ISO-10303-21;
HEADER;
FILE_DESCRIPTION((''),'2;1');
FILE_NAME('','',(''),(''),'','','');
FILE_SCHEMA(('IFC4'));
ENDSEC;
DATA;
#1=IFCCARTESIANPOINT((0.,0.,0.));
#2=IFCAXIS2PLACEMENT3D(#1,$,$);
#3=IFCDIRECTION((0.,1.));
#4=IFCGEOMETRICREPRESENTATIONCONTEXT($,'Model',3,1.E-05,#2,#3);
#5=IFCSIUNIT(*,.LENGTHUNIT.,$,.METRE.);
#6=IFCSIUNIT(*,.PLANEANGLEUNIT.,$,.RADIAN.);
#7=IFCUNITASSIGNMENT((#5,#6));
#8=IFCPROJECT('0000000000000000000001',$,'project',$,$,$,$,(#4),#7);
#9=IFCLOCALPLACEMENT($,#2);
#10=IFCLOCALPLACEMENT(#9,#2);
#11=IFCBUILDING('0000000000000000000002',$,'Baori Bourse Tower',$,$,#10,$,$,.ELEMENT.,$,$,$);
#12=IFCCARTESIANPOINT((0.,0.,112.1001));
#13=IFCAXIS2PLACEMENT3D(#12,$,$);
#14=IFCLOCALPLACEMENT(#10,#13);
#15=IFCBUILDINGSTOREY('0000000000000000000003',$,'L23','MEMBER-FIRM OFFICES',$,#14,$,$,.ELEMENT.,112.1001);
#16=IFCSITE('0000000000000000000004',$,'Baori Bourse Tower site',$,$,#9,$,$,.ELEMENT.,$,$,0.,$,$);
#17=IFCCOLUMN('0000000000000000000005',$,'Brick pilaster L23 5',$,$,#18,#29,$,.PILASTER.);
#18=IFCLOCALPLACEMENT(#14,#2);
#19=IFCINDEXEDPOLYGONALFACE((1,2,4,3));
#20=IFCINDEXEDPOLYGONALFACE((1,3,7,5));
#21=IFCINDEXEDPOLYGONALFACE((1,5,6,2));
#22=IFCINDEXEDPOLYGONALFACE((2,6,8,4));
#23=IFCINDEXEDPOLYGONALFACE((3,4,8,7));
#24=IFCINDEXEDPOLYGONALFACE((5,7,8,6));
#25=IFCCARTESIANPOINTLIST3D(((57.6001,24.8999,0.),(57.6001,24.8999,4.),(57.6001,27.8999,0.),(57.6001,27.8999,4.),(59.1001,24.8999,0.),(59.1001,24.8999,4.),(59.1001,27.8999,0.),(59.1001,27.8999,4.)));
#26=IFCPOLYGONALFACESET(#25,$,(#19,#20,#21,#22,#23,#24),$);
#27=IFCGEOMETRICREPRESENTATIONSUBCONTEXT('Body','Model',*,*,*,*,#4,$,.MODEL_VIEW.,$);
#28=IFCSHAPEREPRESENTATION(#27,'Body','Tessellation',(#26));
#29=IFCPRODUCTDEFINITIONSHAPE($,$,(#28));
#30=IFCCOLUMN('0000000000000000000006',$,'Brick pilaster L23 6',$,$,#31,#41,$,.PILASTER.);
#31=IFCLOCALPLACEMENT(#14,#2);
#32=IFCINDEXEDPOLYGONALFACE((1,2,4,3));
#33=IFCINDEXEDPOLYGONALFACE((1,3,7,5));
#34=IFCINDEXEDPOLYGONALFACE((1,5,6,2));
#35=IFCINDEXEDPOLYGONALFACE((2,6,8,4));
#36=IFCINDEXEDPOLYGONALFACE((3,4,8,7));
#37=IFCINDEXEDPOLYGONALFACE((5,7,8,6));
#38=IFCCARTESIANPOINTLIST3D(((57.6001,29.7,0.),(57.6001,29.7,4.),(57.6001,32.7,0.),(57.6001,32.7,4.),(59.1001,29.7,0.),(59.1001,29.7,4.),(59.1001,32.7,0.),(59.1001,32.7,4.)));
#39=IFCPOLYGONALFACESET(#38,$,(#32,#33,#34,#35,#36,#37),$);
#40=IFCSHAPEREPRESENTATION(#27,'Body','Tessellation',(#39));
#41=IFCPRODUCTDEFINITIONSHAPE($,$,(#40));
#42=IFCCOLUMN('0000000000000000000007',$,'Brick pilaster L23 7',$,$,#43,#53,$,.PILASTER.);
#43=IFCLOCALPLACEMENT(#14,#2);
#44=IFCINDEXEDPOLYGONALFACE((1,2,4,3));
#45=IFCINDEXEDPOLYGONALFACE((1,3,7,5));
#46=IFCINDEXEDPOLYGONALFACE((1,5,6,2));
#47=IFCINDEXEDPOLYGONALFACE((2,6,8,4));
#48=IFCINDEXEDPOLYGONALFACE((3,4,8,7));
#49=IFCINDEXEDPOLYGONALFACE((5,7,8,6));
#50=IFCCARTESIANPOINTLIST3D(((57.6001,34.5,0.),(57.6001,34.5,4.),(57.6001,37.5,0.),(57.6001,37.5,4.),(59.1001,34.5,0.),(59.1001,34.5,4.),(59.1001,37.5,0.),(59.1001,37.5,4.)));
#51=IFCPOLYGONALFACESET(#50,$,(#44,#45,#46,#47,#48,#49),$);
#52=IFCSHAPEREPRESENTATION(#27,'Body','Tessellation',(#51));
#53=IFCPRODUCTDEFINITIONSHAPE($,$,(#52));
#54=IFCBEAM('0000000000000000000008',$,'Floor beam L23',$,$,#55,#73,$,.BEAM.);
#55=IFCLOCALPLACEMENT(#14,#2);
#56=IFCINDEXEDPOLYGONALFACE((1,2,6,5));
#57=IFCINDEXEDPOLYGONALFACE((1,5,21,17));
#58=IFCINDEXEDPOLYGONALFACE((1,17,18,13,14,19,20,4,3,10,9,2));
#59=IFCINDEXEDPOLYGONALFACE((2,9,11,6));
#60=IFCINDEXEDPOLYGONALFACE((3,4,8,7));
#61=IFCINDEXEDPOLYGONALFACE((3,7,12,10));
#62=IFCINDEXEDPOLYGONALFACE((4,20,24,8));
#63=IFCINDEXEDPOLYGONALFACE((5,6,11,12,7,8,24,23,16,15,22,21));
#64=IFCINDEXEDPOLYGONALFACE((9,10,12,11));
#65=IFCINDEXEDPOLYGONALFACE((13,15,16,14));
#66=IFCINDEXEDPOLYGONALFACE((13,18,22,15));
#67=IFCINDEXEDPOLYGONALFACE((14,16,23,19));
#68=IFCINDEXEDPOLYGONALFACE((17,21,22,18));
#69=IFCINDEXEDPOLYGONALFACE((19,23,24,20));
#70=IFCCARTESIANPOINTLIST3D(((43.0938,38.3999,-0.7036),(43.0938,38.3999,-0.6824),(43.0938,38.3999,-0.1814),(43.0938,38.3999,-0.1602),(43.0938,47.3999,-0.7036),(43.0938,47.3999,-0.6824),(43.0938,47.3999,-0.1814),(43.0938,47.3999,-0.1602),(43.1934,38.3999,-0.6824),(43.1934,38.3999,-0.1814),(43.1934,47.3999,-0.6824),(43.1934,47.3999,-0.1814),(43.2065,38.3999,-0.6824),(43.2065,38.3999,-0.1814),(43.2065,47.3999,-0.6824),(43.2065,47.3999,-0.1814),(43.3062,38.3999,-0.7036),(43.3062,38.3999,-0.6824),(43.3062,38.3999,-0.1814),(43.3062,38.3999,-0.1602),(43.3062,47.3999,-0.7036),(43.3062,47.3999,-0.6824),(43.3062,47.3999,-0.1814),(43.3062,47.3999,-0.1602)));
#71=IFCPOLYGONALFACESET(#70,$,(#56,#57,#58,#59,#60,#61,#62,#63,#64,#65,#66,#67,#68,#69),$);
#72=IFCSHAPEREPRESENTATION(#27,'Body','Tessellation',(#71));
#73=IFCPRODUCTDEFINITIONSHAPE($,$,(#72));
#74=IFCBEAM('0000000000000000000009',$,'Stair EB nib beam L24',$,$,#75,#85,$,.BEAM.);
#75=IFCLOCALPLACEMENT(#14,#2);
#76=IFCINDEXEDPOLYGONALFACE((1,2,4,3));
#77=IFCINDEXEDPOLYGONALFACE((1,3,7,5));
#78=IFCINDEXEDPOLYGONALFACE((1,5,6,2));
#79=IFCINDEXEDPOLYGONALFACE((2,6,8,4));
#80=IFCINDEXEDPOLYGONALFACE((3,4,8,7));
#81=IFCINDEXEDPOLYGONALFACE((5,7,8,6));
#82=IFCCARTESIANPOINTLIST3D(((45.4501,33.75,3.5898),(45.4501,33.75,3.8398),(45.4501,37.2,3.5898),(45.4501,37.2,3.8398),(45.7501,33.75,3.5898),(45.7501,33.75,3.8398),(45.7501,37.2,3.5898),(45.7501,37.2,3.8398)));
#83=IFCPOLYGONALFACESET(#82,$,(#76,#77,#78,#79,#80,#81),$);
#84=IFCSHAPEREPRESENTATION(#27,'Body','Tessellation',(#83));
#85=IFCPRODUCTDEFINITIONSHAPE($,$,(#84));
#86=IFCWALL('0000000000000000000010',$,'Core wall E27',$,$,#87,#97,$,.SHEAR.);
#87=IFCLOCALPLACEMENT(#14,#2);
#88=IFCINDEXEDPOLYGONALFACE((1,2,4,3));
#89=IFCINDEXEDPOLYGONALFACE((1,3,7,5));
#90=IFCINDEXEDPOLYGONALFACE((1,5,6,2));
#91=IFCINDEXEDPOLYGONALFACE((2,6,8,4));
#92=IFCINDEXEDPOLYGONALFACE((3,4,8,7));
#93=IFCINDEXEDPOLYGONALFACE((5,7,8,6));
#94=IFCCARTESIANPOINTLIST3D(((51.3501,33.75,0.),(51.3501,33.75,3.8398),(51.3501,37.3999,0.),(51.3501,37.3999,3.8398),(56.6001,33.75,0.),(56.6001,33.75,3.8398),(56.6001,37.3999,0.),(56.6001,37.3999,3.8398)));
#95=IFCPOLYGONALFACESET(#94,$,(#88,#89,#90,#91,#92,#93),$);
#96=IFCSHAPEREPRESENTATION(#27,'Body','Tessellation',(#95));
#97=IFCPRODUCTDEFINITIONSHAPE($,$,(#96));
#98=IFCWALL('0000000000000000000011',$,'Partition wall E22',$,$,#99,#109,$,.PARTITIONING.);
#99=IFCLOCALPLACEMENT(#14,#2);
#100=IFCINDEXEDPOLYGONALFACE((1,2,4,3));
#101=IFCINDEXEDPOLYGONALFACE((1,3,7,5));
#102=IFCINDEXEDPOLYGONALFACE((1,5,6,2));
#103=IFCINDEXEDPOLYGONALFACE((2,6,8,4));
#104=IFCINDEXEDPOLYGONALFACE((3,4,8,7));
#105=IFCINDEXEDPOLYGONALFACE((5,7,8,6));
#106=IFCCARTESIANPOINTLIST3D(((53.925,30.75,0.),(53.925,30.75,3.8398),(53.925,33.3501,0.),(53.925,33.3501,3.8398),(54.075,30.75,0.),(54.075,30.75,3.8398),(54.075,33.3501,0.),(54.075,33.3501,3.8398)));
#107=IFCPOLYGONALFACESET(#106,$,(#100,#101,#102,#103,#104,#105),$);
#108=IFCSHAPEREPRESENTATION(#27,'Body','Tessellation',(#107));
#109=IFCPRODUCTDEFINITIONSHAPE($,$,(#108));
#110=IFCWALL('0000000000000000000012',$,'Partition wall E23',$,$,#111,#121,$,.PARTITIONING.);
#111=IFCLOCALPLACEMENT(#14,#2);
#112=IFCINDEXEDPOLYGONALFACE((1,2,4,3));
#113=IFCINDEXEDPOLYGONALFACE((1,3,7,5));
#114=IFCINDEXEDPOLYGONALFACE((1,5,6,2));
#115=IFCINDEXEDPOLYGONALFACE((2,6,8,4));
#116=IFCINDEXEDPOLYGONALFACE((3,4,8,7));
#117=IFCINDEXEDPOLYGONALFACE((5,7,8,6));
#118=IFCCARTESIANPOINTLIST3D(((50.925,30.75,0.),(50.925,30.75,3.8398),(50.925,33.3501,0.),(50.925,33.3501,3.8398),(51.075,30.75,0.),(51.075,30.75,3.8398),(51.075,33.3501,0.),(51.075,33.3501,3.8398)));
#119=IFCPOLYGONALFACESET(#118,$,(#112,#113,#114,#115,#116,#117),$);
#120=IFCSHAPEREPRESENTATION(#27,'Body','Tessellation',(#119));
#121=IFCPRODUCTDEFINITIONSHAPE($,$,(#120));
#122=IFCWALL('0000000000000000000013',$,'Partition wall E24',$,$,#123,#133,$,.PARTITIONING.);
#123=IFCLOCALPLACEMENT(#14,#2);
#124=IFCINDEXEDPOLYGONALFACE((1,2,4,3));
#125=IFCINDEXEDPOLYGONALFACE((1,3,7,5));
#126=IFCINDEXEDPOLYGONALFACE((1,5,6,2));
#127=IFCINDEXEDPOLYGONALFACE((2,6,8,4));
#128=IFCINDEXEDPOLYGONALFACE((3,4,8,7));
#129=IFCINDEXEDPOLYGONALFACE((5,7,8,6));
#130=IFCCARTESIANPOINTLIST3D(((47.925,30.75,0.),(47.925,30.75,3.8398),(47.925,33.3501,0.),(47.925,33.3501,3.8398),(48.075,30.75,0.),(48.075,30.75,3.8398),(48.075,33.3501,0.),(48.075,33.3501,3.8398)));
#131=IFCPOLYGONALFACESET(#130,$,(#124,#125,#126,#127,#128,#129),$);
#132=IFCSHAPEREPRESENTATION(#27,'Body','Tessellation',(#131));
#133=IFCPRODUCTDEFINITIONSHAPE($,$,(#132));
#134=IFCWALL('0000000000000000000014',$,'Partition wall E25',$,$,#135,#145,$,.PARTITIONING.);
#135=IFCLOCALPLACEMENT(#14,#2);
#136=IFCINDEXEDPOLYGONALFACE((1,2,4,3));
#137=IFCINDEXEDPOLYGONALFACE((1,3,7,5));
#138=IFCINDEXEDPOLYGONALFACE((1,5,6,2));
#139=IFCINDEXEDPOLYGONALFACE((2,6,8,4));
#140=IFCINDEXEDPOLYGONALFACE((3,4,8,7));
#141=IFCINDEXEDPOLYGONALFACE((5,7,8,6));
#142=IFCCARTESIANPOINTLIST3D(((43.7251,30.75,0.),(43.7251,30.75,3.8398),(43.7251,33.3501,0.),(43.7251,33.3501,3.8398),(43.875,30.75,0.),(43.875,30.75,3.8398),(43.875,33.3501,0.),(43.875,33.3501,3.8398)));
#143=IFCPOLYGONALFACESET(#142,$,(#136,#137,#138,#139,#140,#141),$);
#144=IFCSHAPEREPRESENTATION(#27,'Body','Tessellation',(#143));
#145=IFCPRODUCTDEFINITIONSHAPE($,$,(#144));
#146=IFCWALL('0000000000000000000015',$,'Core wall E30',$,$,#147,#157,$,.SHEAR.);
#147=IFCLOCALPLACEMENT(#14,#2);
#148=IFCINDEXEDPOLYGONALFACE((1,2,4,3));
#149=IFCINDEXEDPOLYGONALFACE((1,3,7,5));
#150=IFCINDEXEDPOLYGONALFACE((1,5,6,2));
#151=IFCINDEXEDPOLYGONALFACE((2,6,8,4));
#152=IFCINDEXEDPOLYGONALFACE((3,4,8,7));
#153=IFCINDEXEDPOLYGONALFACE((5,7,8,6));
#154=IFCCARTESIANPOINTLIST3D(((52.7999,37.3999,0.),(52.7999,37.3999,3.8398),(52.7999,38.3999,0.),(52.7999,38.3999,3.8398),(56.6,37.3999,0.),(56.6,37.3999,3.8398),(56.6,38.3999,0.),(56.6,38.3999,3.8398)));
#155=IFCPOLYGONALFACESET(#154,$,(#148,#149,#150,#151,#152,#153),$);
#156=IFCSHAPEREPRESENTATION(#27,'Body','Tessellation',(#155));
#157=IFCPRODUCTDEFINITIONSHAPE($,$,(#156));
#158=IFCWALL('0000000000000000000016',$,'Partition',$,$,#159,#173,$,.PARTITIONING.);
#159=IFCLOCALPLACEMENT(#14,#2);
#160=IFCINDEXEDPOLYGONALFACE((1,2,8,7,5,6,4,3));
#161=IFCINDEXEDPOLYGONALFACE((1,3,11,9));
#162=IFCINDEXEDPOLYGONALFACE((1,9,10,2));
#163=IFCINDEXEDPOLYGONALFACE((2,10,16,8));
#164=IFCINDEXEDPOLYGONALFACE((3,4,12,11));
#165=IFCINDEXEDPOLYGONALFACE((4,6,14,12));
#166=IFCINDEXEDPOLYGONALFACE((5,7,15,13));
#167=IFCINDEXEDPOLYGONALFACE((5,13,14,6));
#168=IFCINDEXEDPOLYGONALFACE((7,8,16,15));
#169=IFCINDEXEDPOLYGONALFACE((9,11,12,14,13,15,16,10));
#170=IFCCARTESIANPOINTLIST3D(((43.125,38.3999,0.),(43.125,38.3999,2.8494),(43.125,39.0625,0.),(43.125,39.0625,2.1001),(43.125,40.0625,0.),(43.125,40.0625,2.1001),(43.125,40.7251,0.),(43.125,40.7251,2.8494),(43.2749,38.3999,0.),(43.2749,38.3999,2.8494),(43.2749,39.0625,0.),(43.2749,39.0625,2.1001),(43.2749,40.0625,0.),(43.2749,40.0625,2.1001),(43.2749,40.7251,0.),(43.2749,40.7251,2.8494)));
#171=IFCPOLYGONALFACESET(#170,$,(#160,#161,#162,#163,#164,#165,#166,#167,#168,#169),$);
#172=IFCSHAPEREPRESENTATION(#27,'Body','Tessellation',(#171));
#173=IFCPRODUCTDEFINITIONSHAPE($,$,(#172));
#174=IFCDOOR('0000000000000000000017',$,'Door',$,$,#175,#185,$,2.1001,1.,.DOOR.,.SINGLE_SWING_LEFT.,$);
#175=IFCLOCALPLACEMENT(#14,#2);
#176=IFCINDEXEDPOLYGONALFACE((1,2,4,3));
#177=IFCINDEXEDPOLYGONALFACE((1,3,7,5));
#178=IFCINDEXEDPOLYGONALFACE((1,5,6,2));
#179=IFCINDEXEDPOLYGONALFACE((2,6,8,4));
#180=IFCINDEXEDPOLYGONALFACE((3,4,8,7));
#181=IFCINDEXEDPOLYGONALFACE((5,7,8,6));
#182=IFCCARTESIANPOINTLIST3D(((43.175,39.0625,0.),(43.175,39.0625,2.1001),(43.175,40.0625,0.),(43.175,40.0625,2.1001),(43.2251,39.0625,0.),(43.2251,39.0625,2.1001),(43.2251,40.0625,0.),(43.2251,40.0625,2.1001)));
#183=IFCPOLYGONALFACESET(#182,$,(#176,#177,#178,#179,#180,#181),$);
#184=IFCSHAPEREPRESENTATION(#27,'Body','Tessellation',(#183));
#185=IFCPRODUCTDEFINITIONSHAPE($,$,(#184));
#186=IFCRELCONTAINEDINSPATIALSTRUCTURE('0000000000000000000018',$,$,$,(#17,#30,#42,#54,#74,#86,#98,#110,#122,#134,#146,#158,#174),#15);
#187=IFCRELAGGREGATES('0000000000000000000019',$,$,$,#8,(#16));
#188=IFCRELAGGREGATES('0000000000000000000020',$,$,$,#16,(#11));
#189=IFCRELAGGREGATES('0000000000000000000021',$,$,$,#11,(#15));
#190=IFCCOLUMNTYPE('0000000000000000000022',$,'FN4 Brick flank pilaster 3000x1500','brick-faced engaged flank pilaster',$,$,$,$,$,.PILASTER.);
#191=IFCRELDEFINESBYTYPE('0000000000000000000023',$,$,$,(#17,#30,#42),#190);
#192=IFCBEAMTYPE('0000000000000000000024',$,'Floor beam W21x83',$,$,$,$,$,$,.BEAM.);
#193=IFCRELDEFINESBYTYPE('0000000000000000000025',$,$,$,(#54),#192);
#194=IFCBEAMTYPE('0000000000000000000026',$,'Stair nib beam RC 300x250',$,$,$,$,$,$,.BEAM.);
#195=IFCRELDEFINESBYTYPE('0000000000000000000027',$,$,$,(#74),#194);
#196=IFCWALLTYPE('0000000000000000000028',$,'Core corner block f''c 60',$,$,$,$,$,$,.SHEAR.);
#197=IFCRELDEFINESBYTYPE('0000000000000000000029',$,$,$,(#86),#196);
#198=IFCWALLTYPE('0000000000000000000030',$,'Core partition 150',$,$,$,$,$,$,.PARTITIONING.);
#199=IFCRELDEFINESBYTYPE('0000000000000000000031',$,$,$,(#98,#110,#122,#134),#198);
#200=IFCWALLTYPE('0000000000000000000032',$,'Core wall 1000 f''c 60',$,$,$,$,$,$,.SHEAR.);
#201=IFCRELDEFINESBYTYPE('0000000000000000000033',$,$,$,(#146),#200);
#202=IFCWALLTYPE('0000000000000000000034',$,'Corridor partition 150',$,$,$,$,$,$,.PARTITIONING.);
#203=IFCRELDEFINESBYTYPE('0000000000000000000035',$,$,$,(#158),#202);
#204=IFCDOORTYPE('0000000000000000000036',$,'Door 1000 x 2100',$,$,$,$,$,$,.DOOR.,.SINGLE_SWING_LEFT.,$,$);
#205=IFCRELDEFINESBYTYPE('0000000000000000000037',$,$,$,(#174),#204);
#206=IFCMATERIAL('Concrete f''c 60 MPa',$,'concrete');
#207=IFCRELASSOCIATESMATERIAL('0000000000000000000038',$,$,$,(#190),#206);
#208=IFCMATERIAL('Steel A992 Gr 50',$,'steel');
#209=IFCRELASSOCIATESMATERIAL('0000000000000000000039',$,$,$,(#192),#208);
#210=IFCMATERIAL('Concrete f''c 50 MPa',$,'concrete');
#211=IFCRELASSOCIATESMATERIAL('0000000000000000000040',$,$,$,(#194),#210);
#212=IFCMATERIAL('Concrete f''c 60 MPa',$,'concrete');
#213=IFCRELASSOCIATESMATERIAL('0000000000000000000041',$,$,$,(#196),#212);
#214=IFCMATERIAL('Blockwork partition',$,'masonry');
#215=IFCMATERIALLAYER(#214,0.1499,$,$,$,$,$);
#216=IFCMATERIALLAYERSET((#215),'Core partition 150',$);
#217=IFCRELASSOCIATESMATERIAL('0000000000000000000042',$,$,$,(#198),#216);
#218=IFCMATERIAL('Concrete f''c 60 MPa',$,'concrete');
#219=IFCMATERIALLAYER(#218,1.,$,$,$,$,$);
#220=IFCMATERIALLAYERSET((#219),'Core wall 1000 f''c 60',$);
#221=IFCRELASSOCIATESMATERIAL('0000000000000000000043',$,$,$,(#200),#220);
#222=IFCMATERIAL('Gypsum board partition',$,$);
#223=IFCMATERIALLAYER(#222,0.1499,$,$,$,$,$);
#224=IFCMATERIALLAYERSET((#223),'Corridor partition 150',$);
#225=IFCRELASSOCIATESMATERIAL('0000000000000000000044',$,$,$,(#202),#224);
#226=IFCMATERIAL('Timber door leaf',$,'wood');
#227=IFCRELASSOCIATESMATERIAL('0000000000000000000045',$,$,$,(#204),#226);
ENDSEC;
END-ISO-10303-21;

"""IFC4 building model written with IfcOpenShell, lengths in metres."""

from ifc_helpers import new_model, si_unit, direction, frame, frame_2d, origin, origin_2d, place, context, subcontext, project, spatial, rectangle, i_section, extrude, material, layer, layer_set, material_profile, profile_set, type_object, element, fill, save


model = new_model("IFC4")

# Units and contexts
model_context = context("Model", 3, precision=1e-05, world=origin(), true_north=direction((0.0, 1.0)))
body_context = subcontext(model_context, "Body", "Model", "MODEL_VIEW")
ifc_project = project(units=[si_unit("LENGTHUNIT", "METRE"), si_unit("PLANEANGLEUNIT", "RADIAN")], contexts=[model_context])

# Site, building, storey
site_placement = place(None, origin())
site = spatial("IfcSite", under=ifc_project, at=site_placement, Name="Baori Bourse Tower site", CompositionType="ELEMENT", RefElevation=0.0)
building_placement = place(site_placement, origin())
building = spatial("IfcBuilding", under=site, at=building_placement, Name="Baori Bourse Tower", CompositionType="ELEMENT")
storey_placement = place(building_placement, frame((0.0, 0.0, 112.1001)))
storey = spatial("IfcBuildingStorey", under=building, at=storey_placement, Name="L23", Description="MEMBER-FIRM OFFICES", CompositionType="ELEMENT", Elevation=112.1001)

# Columns
ifc_material_1 = material(Name="Concrete f'c 60 MPa", Category="concrete")
ifc_material_profile_1 = material_profile(ifc_material_1, rectangle(XDim=3.0, YDim=1.5, at=origin_2d()), Name="RC 3000x1500")
ifc_profile_set_1 = profile_set([ifc_material_profile_1], Name="Concrete f'c 60 MPa")
column_type = type_object("IfcColumnType", Name="FN4 Brick flank pilaster 3000x1500", Description="brick-faced engaged flank pilaster", PredefinedType="PILASTER", material=ifc_profile_set_1)
for number, where, z_axis, x_axis, name in (
    (1, (58.3501, 26.3999, 0.0), (0.0, 0.0, 1.0), (0.0, 1.0, 0.0), "Brick pilaster L23 5"),
    (2, (58.3501, 31.2, 0.0), (0.0, 0.0, 1.0), (0.0, 1.0, 0.0), "Brick pilaster L23 6"),
    (3, (58.3501, 36.0, 0.0), (0.0, 0.0, 1.0), (0.0, 1.0, 0.0), "Brick pilaster L23 7"),
):
    element("IfcColumn", number, at=place(storey_placement, frame(where, z_axis=z_axis, x_axis=x_axis)), inside=storey, type_object=column_type, Name=name, PredefinedType="PILASTER", context=body_context, shape_type="SweptSolid", body=[
        extrude(rectangle(XDim=3.0, YDim=1.5, at=origin_2d()), origin(), (0.0, 0.0, 1.0), 4.0),
    ])

# Beams
ifc_material_2 = material(Name="Steel A992 Gr 50", Category="steel")
ifc_material_profile_2 = material_profile(ifc_material_2, i_section(OverallWidth=0.2124, OverallDepth=0.5435, WebThickness=0.0132, FlangeThickness=0.0212, at=origin_2d()), Name="W21x83")
ifc_profile_set_2 = profile_set([ifc_material_profile_2], Name="Steel A992 Gr 50")
beam_type_1 = type_object("IfcBeamType", Name="Floor beam W21x83", PredefinedType="BEAM", material=ifc_profile_set_2)
beam_1_placement = place(storey_placement, frame((43.2, 38.3999, -0.4319), z_axis=(0.0, 1.0, 0.0), x_axis=(-1.0, 0.0, 0.0)))
element("IfcBeam", 4, at=beam_1_placement, inside=storey, type_object=beam_type_1, Name="Floor beam L23", PredefinedType="BEAM", context=body_context, shape_type="SweptSolid", body=[
    extrude(i_section(OverallWidth=0.2124, OverallDepth=0.5435, WebThickness=0.0132, FlangeThickness=0.0212, at=origin_2d()), origin(), (0.0, 0.0, 1.0), 9.0),
])
ifc_material_3 = material(Name="Concrete f'c 50 MPa", Category="concrete")
ifc_material_profile_3 = material_profile(ifc_material_3, rectangle(XDim=0.3, YDim=0.25, at=origin_2d()), Name="RC 300x250")
ifc_profile_set_3 = profile_set([ifc_material_profile_3], Name="Concrete f'c 50 MPa")
beam_type_2 = type_object("IfcBeamType", Name="Stair nib beam RC 300x250", PredefinedType="BEAM", material=ifc_profile_set_3)
beam_2_placement = place(storey_placement, frame((45.6001, 33.75, 3.7148), z_axis=(0.0, 1.0, 0.0), x_axis=(-1.0, 0.0, 0.0)))
element("IfcBeam", 5, at=beam_2_placement, inside=storey, type_object=beam_type_2, Name="Stair EB nib beam L24", PredefinedType="BEAM", context=body_context, shape_type="SweptSolid", body=[
    extrude(rectangle(XDim=0.3, YDim=0.25, at=origin_2d()), origin(), (0.0, 0.0, 1.0), 3.45),
])

# Walls
ifc_material_4 = material(Name="Concrete f'c 60 MPa", Category="concrete")
wall_type_1 = type_object("IfcWallType", Name="Core corner block f'c 60", PredefinedType="SHEAR", material=ifc_material_4)
wall_1_placement = place(storey_placement, frame((51.3501, 35.575, 0.0), z_axis=(0.0, 0.0, 1.0), x_axis=(1.0, 0.0, 0.0)))
element("IfcWall", 6, at=wall_1_placement, inside=storey, type_object=wall_type_1, Name="Core wall E27", PredefinedType="SHEAR", context=body_context, shape_type="SweptSolid", body=[
    extrude(rectangle(XDim=5.25, YDim=3.6499, at=frame_2d((2.625, 0.0))), origin(), (0.0, 0.0, 1.0), 3.8398),
])
ifc_material_5 = material(Name="Blockwork partition", Category="masonry")
ifc_layer_1 = layer(ifc_material_5, 0.1499)
ifc_layer_set_1 = layer_set([ifc_layer_1], Name="Core partition 150")
wall_type_2 = type_object("IfcWallType", Name="Core partition 150", PredefinedType="PARTITIONING", material=ifc_layer_set_1)
for number, where, z_axis, x_axis, name in (
    (7, (54.0, 30.75, 0.0), (0.0, 0.0, 1.0), (0.0, 1.0, 0.0), "Partition wall E22"),
    (8, (51.0, 30.75, 0.0), (0.0, 0.0, 1.0), (0.0, 1.0, 0.0), "Partition wall E23"),
    (9, (48.0, 30.75, 0.0), (0.0, 0.0, 1.0), (0.0, 1.0, 0.0), "Partition wall E24"),
    (10, (43.8, 30.75, 0.0), (0.0, 0.0, 1.0), (0.0, 1.0, 0.0), "Partition wall E25"),
):
    element("IfcWall", number, at=place(storey_placement, frame(where, z_axis=z_axis, x_axis=x_axis)), inside=storey, type_object=wall_type_2, Name=name, PredefinedType="PARTITIONING", context=body_context, shape_type="SweptSolid", body=[
        extrude(rectangle(XDim=2.6001, YDim=0.1499, at=frame_2d((1.3, 0.0))), origin(), (0.0, 0.0, 1.0), 3.8398),
    ])
ifc_material_6 = material(Name="Concrete f'c 60 MPa", Category="concrete")
ifc_layer_2 = layer(ifc_material_6, 1.0)
ifc_layer_set_2 = layer_set([ifc_layer_2], Name="Core wall 1000 f'c 60")
wall_type_3 = type_object("IfcWallType", Name="Core wall 1000 f'c 60", PredefinedType="SHEAR", material=ifc_layer_set_2)
wall_2_placement = place(storey_placement, frame((52.8, 37.8999, 0.0), z_axis=(0.0, 0.0, 1.0), x_axis=(1.0, 0.0, 0.0)))
element("IfcWall", 11, at=wall_2_placement, inside=storey, type_object=wall_type_3, Name="Core wall E30", PredefinedType="SHEAR", context=body_context, shape_type="SweptSolid", body=[
    extrude(rectangle(XDim=3.8, YDim=1.0, at=frame_2d((1.8999, 0.0))), origin(), (0.0, 0.0, 1.0), 3.8398),
])

# Wall, opening, door
ifc_material_7 = material(Name="Gypsum board partition")
ifc_layer_3 = layer(ifc_material_7, 0.1499)
ifc_layer_set_3 = layer_set([ifc_layer_3], Name="Corridor partition 150")
wall_type_4 = type_object("IfcWallType", Name="Corridor partition 150", PredefinedType="PARTITIONING", material=ifc_layer_set_3)
wall_3_placement = place(storey_placement, frame((43.2, 38.3999, 0.0), z_axis=(0.0, 0.0, 1.0), x_axis=(0.0, 1.0, 0.0)))
wall_3 = element("IfcWall", 12, at=wall_3_placement, inside=storey, type_object=wall_type_4, Name="Partition", PredefinedType="PARTITIONING", context=body_context, shape_type="SweptSolid", body=[
    extrude(rectangle(XDim=2.3252, YDim=0.1499, at=frame_2d((1.1626, 0.0))), origin(), (0.0, 0.0, 1.0), 2.8494),
])
opening_1_placement = place(wall_3_placement, frame((0.6626, 0.0, 0.0)))
opening_1 = element("IfcOpeningElement", 13, at=opening_1_placement, cuts=wall_3, PredefinedType="OPENING", context=body_context, shape_type="SweptSolid", body=[
    extrude(rectangle(XDim=1.0, YDim=2.1001, at=frame_2d((0.5, 1.05))), frame((0.0, 0.085, 0.0), z_axis=(0.0, -1.0, 0.0), x_axis=(1.0, 0.0, 0.0)), (0.0, 0.0, 1.0), 0.1699),
])
ifc_material_8 = material(Name="Timber door leaf", Category="wood")
door_type_1 = type_object("IfcDoorType", Name="Door 1000 x 2100", OperationType="SINGLE_SWING_LEFT", PredefinedType="DOOR", material=ifc_material_8)
door_1_placement = place(opening_1_placement, origin())
door_1 = element("IfcDoor", 14, at=door_1_placement, inside=storey, type_object=door_type_1, Name="Door", OperationType="SINGLE_SWING_LEFT", OverallHeight=2.1001, OverallWidth=1.0, PredefinedType="DOOR", context=body_context, shape_type="SweptSolid", body=[
    extrude(rectangle(XDim=1.0, YDim=2.1001, at=frame_2d((0.5, 1.05))), frame((0.0, 0.0249, 0.0), z_axis=(0.0, -1.0, 0.0), x_axis=(1.0, 0.0, 0.0)), (0.0, 0.0, 1.0), 0.05),
])
fill(opening_1, door_1)

save(model, "model.ifc")
